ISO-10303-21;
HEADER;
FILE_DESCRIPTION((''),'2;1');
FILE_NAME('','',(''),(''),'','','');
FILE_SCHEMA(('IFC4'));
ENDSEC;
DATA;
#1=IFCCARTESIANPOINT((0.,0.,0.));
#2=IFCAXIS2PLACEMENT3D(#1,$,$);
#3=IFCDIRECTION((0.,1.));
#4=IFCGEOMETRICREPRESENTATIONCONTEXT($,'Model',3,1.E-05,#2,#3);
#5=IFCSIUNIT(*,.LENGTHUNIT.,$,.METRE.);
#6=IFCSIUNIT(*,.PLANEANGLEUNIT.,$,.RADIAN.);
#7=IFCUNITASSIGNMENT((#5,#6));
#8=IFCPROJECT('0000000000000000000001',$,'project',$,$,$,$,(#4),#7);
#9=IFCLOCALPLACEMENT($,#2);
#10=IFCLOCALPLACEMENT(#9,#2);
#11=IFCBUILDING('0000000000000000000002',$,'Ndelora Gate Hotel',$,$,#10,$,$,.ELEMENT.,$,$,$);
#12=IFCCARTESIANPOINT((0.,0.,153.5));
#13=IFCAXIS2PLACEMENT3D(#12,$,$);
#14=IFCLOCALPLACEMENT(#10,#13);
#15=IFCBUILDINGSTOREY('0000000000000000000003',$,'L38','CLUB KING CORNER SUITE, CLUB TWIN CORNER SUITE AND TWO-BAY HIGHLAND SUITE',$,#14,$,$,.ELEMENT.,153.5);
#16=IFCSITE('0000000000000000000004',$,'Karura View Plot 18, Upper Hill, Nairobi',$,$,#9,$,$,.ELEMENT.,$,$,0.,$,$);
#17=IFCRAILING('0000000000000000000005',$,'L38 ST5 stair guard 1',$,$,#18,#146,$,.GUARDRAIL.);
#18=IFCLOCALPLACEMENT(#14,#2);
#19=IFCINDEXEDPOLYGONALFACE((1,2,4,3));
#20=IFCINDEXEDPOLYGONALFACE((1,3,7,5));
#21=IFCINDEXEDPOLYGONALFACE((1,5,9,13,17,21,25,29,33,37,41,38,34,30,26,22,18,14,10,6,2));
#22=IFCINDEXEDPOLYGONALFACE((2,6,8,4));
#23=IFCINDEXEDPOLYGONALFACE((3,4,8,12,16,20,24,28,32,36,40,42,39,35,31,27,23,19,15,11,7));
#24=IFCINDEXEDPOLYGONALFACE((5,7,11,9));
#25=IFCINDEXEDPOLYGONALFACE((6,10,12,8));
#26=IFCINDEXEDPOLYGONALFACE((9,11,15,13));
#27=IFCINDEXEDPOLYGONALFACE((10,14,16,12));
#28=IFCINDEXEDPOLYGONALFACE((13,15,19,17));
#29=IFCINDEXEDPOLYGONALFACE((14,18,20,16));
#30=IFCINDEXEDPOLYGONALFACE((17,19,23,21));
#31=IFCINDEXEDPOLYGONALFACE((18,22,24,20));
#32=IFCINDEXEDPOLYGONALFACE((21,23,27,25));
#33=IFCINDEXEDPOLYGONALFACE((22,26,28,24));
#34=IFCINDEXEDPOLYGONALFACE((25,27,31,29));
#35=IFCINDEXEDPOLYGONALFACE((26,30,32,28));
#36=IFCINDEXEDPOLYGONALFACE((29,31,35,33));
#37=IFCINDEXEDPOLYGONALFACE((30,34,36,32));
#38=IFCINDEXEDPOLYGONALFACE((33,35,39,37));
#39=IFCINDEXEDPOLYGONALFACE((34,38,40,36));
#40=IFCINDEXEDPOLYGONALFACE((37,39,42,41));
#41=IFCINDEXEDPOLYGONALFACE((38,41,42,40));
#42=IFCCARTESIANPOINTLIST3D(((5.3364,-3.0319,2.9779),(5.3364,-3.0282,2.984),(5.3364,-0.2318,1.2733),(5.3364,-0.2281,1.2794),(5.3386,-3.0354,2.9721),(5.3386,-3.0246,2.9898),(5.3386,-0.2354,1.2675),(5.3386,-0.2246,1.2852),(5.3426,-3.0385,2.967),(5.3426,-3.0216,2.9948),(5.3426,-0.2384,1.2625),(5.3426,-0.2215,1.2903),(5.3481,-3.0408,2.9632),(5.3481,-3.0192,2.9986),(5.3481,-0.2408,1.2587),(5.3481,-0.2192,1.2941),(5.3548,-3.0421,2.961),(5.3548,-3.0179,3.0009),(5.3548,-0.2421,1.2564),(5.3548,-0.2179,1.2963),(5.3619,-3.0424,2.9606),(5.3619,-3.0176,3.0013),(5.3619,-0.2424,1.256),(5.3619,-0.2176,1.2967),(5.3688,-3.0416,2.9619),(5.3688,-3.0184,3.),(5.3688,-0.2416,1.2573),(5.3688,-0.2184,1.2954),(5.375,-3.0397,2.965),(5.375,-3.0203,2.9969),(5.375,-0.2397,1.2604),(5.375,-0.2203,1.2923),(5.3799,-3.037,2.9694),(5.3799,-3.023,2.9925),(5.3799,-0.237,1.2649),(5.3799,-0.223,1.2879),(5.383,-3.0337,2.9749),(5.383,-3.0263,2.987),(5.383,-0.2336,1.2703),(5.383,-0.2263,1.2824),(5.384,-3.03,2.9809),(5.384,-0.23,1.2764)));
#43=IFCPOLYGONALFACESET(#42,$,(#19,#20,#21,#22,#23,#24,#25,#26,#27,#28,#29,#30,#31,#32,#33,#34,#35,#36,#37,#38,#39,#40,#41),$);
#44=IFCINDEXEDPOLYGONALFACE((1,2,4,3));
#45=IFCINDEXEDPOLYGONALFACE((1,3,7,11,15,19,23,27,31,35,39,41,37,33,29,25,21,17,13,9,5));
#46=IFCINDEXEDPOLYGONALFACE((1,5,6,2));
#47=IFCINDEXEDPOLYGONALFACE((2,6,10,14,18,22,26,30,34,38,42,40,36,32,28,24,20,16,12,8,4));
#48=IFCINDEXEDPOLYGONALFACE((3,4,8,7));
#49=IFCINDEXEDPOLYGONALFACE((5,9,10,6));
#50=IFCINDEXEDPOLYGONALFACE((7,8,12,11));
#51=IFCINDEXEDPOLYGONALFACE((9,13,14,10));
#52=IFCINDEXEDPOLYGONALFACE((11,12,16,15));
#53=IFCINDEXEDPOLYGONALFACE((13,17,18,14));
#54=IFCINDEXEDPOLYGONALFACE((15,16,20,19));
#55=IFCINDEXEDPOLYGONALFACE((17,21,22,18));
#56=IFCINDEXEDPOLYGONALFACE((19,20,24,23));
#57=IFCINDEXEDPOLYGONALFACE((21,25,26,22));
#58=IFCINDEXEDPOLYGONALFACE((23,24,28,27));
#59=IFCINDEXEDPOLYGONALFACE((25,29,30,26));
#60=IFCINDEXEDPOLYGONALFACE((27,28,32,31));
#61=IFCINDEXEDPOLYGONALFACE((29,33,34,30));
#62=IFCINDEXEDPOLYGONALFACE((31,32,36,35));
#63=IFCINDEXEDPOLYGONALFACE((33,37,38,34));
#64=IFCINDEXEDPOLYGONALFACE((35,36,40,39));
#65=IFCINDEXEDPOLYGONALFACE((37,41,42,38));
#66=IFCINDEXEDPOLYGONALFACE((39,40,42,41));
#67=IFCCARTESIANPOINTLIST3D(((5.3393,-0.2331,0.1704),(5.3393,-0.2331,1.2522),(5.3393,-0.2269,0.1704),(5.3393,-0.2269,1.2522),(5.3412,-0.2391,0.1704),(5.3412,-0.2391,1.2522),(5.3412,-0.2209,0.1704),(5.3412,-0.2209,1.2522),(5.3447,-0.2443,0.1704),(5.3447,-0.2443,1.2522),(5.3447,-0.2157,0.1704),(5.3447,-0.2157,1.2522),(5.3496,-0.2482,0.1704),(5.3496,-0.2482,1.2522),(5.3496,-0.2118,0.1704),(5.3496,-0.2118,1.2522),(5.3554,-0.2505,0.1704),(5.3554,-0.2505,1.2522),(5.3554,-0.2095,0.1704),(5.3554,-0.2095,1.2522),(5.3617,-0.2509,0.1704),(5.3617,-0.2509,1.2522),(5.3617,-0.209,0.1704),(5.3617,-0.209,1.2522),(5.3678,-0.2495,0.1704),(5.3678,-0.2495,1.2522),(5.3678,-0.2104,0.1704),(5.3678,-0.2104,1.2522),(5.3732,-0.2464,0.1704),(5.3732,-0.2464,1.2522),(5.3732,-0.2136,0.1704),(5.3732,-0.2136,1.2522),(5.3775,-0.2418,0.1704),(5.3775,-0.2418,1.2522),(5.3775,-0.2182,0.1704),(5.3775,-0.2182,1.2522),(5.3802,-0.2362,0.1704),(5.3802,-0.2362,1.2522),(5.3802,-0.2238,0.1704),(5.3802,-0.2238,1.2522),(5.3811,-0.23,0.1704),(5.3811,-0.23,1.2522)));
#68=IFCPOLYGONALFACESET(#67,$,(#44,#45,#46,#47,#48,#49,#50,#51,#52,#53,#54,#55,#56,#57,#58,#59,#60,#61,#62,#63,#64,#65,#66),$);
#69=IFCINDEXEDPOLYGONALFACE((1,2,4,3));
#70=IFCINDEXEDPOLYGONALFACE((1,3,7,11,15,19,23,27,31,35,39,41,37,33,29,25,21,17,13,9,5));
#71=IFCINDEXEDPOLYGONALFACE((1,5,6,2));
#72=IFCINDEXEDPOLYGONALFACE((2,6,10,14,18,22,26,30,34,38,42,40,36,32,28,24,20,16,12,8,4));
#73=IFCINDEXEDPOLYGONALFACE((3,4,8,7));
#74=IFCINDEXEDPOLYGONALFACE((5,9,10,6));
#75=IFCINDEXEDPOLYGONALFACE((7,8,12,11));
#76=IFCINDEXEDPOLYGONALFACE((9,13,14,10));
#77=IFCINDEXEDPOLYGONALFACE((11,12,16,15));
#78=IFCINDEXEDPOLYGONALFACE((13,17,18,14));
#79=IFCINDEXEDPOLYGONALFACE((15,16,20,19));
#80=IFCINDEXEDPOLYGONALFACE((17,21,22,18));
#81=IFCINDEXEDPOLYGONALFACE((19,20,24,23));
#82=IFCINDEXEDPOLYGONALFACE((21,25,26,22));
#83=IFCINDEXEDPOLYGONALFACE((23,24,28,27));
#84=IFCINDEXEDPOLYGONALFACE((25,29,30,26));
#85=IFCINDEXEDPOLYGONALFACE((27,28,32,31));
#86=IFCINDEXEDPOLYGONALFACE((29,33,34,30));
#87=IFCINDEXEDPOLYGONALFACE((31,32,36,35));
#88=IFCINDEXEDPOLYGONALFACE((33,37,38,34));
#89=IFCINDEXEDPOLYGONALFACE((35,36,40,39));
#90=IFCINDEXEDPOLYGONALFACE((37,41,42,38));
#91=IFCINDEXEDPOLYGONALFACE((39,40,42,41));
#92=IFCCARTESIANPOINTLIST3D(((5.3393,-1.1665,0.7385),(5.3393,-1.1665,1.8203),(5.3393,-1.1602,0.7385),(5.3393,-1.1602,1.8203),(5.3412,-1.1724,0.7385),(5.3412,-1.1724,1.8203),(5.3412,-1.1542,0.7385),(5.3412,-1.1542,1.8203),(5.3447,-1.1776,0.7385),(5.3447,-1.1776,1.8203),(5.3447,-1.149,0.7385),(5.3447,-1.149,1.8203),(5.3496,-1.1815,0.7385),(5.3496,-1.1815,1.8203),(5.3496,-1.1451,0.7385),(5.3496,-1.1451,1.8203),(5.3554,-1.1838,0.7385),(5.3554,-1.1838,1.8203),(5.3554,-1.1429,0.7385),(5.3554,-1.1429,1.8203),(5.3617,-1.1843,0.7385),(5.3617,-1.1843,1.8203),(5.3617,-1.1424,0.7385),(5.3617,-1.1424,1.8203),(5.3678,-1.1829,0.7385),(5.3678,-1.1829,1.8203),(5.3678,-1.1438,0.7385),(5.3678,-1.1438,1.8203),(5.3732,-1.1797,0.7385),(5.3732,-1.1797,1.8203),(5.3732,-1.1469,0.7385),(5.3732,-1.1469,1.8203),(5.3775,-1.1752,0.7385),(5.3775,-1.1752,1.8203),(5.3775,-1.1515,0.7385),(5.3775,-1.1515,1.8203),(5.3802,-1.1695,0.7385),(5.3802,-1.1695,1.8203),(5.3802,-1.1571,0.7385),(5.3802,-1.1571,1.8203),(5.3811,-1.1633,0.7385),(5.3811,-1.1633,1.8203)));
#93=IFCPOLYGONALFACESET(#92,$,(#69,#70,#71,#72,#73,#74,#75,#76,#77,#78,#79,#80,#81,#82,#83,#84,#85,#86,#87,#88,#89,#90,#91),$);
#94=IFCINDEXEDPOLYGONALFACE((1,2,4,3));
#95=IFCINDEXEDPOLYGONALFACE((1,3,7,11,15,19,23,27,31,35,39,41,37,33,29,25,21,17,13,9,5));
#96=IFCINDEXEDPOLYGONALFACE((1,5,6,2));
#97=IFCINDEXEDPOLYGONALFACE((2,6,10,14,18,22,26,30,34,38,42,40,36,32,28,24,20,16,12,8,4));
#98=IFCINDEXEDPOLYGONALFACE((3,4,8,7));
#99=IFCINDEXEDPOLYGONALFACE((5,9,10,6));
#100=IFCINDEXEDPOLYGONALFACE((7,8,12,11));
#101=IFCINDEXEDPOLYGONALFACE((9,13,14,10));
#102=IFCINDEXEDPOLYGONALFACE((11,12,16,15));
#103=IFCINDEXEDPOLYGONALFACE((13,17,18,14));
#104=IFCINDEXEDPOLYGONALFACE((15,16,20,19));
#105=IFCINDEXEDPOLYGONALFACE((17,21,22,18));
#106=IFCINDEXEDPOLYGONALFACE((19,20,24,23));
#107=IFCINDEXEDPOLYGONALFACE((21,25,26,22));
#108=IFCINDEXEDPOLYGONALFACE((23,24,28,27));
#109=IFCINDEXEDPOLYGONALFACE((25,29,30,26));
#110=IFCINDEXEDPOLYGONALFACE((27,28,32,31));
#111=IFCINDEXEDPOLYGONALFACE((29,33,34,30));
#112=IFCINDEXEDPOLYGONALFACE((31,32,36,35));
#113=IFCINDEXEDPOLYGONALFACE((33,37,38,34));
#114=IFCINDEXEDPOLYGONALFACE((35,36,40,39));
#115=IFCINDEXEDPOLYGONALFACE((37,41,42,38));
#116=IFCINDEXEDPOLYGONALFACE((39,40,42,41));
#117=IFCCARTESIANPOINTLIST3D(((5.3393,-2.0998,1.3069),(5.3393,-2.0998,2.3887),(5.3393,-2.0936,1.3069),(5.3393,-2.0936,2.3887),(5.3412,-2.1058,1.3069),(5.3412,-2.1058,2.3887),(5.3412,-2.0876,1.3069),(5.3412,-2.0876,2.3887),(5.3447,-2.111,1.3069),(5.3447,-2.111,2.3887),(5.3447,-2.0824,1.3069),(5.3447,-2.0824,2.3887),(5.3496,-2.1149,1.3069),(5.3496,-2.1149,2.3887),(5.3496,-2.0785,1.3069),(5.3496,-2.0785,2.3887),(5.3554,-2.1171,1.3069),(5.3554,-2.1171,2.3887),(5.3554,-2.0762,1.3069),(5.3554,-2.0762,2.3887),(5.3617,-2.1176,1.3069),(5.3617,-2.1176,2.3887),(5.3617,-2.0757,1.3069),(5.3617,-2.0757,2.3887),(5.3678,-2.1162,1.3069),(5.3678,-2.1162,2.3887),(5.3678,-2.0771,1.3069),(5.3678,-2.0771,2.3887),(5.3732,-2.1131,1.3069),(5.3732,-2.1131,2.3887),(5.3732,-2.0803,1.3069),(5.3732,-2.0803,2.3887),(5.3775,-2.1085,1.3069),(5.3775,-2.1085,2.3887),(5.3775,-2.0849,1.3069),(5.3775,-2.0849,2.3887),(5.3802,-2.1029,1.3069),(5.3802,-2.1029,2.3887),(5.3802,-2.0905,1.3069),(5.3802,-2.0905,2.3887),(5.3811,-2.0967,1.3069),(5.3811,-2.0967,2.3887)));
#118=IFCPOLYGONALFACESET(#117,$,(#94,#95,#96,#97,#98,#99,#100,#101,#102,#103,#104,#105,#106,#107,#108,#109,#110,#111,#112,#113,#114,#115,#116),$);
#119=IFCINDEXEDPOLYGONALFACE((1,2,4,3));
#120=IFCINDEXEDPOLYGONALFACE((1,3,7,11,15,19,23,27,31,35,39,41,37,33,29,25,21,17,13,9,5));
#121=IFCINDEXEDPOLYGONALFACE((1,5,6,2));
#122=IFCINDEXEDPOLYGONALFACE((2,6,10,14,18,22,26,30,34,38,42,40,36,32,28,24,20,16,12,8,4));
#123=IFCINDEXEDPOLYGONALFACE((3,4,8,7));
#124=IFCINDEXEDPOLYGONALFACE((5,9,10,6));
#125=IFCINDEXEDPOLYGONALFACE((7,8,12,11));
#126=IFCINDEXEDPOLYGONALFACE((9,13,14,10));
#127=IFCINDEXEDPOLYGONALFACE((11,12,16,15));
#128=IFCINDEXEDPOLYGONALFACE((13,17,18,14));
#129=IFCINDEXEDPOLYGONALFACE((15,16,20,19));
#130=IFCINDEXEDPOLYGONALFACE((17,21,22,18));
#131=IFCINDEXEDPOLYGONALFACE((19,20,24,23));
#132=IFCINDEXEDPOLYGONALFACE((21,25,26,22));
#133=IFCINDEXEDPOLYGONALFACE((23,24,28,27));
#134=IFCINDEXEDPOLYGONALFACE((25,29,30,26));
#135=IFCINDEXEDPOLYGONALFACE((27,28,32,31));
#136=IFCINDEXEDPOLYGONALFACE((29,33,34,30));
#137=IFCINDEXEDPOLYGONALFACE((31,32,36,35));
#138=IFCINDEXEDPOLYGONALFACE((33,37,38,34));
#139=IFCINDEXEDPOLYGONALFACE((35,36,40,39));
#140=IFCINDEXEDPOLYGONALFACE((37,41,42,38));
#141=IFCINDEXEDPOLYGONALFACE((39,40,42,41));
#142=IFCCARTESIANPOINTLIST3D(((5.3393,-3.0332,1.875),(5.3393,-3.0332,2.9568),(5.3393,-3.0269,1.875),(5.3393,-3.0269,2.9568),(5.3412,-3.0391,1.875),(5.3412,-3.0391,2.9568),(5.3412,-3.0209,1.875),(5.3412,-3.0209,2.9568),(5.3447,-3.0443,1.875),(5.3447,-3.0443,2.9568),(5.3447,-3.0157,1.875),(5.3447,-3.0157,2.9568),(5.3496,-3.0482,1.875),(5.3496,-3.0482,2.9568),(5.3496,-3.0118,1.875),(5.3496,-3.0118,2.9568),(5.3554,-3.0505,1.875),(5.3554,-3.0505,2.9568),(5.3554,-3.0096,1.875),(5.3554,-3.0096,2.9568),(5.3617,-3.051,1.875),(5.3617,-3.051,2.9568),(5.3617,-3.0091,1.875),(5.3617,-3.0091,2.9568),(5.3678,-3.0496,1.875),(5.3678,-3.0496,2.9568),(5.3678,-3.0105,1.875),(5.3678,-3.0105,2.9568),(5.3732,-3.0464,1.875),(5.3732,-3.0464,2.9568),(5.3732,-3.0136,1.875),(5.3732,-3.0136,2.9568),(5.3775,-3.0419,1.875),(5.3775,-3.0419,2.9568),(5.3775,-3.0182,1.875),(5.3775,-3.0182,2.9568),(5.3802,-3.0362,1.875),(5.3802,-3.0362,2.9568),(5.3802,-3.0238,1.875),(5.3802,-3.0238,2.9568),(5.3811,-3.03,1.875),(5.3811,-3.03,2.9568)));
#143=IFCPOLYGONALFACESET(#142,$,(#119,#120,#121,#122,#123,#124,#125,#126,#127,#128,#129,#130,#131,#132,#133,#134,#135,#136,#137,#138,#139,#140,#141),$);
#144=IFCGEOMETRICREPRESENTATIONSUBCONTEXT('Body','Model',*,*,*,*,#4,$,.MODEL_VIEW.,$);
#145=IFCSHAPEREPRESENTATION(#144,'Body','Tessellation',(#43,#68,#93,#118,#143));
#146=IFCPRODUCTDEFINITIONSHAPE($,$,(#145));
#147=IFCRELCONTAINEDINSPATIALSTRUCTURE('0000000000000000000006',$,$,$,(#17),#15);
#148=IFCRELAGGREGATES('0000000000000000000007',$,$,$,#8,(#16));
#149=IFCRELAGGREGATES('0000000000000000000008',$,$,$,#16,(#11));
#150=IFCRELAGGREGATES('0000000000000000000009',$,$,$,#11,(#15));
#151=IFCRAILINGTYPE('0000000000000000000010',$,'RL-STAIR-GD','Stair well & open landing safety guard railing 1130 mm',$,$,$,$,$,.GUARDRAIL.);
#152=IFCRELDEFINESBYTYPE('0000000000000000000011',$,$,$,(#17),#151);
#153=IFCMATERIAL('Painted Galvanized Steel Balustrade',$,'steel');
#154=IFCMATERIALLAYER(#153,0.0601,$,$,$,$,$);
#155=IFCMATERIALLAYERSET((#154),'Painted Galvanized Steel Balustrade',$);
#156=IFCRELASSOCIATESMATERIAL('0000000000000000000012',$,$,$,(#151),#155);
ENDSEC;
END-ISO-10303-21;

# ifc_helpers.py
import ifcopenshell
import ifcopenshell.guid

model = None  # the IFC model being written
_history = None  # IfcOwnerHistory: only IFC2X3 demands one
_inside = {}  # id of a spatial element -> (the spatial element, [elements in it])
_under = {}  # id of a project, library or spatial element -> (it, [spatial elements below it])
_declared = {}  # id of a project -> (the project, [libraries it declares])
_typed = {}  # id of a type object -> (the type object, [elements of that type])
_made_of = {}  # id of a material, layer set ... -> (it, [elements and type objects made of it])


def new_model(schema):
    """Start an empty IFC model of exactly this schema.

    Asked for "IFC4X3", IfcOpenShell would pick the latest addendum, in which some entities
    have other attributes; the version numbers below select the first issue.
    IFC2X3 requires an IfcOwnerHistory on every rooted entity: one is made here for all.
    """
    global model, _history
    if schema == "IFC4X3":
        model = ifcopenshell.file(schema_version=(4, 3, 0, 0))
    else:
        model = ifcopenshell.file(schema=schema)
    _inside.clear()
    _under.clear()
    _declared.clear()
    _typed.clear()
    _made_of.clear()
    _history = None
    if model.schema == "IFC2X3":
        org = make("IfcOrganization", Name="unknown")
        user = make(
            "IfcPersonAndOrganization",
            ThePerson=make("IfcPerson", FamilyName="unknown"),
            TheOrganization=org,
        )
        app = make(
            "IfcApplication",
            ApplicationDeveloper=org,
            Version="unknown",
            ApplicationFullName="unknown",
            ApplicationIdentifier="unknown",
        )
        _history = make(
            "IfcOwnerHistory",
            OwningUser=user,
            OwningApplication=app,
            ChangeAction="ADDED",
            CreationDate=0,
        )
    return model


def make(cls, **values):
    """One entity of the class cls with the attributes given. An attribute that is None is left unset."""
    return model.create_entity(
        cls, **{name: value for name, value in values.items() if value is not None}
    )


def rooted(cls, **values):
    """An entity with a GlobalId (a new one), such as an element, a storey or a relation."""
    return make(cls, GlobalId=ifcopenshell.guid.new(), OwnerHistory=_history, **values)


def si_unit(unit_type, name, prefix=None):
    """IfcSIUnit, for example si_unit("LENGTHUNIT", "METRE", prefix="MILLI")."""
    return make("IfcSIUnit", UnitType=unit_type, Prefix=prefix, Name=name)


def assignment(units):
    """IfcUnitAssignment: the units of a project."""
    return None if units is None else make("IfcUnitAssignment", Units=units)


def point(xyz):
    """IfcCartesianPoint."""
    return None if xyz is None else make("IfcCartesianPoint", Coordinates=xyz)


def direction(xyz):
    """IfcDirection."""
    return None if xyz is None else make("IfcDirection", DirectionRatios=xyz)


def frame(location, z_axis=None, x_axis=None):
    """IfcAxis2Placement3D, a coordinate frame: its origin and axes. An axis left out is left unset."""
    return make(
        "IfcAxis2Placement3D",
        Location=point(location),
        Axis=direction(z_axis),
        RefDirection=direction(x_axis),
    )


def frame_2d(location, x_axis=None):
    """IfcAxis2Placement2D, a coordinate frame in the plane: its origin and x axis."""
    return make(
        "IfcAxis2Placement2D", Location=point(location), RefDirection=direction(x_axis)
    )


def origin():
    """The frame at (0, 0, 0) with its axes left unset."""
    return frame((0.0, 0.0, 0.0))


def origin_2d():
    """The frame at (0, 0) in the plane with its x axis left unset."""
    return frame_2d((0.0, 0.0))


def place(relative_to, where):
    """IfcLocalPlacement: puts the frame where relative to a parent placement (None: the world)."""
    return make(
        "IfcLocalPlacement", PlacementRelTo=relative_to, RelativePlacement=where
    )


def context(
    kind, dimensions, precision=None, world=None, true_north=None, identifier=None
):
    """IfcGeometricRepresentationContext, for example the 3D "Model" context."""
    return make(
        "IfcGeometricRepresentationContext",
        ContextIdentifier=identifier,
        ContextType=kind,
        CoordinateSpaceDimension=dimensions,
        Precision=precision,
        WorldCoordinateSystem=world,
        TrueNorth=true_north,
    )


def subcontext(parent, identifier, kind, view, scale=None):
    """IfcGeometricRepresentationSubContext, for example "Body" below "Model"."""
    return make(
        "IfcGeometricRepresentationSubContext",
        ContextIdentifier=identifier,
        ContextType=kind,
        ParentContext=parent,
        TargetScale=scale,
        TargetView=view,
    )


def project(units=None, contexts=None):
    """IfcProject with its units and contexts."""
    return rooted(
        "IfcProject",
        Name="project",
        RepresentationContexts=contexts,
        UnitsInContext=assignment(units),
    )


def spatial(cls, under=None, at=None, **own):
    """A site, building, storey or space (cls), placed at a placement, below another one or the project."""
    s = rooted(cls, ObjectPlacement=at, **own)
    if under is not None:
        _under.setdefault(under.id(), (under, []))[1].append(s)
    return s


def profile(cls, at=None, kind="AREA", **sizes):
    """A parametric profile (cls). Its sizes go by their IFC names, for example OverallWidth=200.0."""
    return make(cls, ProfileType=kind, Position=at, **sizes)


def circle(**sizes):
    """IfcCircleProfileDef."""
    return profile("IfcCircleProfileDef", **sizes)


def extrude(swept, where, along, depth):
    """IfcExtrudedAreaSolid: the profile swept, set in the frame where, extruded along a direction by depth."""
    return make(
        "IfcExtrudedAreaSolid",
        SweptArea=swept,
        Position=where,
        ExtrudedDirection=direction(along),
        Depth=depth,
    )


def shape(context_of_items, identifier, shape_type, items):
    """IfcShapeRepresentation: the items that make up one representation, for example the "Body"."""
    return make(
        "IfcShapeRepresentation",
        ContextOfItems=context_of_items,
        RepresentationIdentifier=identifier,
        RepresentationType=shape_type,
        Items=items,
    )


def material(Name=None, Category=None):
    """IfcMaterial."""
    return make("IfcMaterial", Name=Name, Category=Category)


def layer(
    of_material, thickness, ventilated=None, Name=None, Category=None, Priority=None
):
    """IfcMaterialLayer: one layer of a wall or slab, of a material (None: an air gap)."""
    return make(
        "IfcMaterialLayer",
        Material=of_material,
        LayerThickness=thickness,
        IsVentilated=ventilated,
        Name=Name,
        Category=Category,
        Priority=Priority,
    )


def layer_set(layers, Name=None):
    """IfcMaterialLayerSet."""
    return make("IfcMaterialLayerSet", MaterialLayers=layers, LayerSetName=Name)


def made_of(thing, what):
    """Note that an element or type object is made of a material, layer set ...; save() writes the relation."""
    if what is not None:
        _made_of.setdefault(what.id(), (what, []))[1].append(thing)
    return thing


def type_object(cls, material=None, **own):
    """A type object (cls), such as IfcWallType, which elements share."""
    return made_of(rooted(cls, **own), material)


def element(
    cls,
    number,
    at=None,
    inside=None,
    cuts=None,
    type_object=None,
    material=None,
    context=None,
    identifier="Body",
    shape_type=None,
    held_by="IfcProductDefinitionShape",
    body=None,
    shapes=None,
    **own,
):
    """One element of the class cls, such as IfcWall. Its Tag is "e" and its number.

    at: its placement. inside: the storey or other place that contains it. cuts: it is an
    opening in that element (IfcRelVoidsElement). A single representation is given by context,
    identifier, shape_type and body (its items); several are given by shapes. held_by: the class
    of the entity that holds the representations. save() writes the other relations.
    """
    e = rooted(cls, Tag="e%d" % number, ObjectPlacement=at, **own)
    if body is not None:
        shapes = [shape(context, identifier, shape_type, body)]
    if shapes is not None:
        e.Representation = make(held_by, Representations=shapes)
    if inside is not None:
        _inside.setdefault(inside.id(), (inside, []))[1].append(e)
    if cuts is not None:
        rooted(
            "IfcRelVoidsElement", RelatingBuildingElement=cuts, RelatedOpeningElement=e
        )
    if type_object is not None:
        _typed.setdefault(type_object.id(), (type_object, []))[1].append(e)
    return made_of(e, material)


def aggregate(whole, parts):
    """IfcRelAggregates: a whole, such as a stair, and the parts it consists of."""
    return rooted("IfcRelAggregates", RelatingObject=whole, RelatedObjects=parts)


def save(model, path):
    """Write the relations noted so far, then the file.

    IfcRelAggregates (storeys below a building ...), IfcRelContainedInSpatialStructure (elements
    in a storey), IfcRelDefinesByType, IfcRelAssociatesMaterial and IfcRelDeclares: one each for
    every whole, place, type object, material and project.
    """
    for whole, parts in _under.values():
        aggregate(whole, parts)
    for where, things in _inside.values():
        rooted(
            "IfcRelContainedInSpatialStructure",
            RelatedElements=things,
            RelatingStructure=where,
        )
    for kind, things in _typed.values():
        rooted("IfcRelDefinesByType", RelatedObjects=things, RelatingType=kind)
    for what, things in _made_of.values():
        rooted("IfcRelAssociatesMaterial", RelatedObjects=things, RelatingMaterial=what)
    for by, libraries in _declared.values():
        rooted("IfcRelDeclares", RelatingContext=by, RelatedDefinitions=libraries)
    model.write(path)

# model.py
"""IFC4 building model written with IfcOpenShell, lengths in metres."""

from ifc_helpers import new_model, si_unit, direction, frame, origin, origin_2d, place, context, subcontext, project, spatial, circle, extrude, material, layer, layer_set, type_object, element, save


model = new_model("IFC4")

# Units and contexts
model_context = context("Model", 3, precision=1e-05, world=origin(), true_north=direction((0.0, 1.0)))
body_context = subcontext(model_context, "Body", "Model", "MODEL_VIEW")
ifc_project = project(units=[si_unit("LENGTHUNIT", "METRE"), si_unit("PLANEANGLEUNIT", "RADIAN")], contexts=[model_context])

# Site, building, storey
site_placement = place(None, origin())
site = spatial("IfcSite", under=ifc_project, at=site_placement, Name="Karura View Plot 18, Upper Hill, Nairobi", CompositionType="ELEMENT", RefElevation=0.0)
building_placement = place(site_placement, origin())
building = spatial("IfcBuilding", under=site, at=building_placement, Name="Ndelora Gate Hotel", CompositionType="ELEMENT")
storey_placement = place(building_placement, frame((0.0, 0.0, 153.5)))
storey = spatial("IfcBuildingStorey", under=building, at=storey_placement, Name="L38", Description="CLUB KING CORNER SUITE, CLUB TWIN CORNER SUITE AND TWO-BAY HIGHLAND SUITE", CompositionType="ELEMENT", Elevation=153.5)

# Railing
ifc_material_1 = material(Name="Painted Galvanized Steel Balustrade", Category="steel")
ifc_layer_1 = layer(ifc_material_1, 0.0601)
ifc_layer_set_1 = layer_set([ifc_layer_1], Name="Painted Galvanized Steel Balustrade")
railing_type_1 = type_object("IfcRailingType", Name="RL-STAIR-GD", Description="Stair well & open landing safety guard railing 1130 mm", PredefinedType="GUARDRAIL", material=ifc_layer_set_1)
railing_1_placement = place(storey_placement, frame((5.3601, -0.23, 0.1704)))
element("IfcRailing", 1, at=railing_1_placement, inside=storey, type_object=railing_type_1, Name="L38 ST5 stair guard 1", PredefinedType="GUARDRAIL", context=body_context, shape_type="SweptSolid", body=[
    extrude(circle(Radius=0.0239, at=origin_2d()), frame((0.0, 0.0, 1.106), z_axis=(0.0, -0.85417, 0.519994), x_axis=(1.0, 0.0, 0.0)), (0.0, 0.0, 1.0), 3.2781),
    extrude(circle(Radius=0.021, at=origin_2d()), origin(), (0.0, 0.0, 1.0), 1.0818),
    extrude(circle(Radius=0.021, at=origin_2d()), frame((0.0, -0.9333, 0.5681)), (0.0, 0.0, 1.0), 1.0818),
    extrude(circle(Radius=0.021, at=origin_2d()), frame((0.0, -1.8667, 1.1365)), (0.0, 0.0, 1.0), 1.0818),
    extrude(circle(Radius=0.021, at=origin_2d()), frame((0.0, -2.8, 1.7046)), (0.0, 0.0, 1.0), 1.0818),
])

save(model, "model.ifc")
